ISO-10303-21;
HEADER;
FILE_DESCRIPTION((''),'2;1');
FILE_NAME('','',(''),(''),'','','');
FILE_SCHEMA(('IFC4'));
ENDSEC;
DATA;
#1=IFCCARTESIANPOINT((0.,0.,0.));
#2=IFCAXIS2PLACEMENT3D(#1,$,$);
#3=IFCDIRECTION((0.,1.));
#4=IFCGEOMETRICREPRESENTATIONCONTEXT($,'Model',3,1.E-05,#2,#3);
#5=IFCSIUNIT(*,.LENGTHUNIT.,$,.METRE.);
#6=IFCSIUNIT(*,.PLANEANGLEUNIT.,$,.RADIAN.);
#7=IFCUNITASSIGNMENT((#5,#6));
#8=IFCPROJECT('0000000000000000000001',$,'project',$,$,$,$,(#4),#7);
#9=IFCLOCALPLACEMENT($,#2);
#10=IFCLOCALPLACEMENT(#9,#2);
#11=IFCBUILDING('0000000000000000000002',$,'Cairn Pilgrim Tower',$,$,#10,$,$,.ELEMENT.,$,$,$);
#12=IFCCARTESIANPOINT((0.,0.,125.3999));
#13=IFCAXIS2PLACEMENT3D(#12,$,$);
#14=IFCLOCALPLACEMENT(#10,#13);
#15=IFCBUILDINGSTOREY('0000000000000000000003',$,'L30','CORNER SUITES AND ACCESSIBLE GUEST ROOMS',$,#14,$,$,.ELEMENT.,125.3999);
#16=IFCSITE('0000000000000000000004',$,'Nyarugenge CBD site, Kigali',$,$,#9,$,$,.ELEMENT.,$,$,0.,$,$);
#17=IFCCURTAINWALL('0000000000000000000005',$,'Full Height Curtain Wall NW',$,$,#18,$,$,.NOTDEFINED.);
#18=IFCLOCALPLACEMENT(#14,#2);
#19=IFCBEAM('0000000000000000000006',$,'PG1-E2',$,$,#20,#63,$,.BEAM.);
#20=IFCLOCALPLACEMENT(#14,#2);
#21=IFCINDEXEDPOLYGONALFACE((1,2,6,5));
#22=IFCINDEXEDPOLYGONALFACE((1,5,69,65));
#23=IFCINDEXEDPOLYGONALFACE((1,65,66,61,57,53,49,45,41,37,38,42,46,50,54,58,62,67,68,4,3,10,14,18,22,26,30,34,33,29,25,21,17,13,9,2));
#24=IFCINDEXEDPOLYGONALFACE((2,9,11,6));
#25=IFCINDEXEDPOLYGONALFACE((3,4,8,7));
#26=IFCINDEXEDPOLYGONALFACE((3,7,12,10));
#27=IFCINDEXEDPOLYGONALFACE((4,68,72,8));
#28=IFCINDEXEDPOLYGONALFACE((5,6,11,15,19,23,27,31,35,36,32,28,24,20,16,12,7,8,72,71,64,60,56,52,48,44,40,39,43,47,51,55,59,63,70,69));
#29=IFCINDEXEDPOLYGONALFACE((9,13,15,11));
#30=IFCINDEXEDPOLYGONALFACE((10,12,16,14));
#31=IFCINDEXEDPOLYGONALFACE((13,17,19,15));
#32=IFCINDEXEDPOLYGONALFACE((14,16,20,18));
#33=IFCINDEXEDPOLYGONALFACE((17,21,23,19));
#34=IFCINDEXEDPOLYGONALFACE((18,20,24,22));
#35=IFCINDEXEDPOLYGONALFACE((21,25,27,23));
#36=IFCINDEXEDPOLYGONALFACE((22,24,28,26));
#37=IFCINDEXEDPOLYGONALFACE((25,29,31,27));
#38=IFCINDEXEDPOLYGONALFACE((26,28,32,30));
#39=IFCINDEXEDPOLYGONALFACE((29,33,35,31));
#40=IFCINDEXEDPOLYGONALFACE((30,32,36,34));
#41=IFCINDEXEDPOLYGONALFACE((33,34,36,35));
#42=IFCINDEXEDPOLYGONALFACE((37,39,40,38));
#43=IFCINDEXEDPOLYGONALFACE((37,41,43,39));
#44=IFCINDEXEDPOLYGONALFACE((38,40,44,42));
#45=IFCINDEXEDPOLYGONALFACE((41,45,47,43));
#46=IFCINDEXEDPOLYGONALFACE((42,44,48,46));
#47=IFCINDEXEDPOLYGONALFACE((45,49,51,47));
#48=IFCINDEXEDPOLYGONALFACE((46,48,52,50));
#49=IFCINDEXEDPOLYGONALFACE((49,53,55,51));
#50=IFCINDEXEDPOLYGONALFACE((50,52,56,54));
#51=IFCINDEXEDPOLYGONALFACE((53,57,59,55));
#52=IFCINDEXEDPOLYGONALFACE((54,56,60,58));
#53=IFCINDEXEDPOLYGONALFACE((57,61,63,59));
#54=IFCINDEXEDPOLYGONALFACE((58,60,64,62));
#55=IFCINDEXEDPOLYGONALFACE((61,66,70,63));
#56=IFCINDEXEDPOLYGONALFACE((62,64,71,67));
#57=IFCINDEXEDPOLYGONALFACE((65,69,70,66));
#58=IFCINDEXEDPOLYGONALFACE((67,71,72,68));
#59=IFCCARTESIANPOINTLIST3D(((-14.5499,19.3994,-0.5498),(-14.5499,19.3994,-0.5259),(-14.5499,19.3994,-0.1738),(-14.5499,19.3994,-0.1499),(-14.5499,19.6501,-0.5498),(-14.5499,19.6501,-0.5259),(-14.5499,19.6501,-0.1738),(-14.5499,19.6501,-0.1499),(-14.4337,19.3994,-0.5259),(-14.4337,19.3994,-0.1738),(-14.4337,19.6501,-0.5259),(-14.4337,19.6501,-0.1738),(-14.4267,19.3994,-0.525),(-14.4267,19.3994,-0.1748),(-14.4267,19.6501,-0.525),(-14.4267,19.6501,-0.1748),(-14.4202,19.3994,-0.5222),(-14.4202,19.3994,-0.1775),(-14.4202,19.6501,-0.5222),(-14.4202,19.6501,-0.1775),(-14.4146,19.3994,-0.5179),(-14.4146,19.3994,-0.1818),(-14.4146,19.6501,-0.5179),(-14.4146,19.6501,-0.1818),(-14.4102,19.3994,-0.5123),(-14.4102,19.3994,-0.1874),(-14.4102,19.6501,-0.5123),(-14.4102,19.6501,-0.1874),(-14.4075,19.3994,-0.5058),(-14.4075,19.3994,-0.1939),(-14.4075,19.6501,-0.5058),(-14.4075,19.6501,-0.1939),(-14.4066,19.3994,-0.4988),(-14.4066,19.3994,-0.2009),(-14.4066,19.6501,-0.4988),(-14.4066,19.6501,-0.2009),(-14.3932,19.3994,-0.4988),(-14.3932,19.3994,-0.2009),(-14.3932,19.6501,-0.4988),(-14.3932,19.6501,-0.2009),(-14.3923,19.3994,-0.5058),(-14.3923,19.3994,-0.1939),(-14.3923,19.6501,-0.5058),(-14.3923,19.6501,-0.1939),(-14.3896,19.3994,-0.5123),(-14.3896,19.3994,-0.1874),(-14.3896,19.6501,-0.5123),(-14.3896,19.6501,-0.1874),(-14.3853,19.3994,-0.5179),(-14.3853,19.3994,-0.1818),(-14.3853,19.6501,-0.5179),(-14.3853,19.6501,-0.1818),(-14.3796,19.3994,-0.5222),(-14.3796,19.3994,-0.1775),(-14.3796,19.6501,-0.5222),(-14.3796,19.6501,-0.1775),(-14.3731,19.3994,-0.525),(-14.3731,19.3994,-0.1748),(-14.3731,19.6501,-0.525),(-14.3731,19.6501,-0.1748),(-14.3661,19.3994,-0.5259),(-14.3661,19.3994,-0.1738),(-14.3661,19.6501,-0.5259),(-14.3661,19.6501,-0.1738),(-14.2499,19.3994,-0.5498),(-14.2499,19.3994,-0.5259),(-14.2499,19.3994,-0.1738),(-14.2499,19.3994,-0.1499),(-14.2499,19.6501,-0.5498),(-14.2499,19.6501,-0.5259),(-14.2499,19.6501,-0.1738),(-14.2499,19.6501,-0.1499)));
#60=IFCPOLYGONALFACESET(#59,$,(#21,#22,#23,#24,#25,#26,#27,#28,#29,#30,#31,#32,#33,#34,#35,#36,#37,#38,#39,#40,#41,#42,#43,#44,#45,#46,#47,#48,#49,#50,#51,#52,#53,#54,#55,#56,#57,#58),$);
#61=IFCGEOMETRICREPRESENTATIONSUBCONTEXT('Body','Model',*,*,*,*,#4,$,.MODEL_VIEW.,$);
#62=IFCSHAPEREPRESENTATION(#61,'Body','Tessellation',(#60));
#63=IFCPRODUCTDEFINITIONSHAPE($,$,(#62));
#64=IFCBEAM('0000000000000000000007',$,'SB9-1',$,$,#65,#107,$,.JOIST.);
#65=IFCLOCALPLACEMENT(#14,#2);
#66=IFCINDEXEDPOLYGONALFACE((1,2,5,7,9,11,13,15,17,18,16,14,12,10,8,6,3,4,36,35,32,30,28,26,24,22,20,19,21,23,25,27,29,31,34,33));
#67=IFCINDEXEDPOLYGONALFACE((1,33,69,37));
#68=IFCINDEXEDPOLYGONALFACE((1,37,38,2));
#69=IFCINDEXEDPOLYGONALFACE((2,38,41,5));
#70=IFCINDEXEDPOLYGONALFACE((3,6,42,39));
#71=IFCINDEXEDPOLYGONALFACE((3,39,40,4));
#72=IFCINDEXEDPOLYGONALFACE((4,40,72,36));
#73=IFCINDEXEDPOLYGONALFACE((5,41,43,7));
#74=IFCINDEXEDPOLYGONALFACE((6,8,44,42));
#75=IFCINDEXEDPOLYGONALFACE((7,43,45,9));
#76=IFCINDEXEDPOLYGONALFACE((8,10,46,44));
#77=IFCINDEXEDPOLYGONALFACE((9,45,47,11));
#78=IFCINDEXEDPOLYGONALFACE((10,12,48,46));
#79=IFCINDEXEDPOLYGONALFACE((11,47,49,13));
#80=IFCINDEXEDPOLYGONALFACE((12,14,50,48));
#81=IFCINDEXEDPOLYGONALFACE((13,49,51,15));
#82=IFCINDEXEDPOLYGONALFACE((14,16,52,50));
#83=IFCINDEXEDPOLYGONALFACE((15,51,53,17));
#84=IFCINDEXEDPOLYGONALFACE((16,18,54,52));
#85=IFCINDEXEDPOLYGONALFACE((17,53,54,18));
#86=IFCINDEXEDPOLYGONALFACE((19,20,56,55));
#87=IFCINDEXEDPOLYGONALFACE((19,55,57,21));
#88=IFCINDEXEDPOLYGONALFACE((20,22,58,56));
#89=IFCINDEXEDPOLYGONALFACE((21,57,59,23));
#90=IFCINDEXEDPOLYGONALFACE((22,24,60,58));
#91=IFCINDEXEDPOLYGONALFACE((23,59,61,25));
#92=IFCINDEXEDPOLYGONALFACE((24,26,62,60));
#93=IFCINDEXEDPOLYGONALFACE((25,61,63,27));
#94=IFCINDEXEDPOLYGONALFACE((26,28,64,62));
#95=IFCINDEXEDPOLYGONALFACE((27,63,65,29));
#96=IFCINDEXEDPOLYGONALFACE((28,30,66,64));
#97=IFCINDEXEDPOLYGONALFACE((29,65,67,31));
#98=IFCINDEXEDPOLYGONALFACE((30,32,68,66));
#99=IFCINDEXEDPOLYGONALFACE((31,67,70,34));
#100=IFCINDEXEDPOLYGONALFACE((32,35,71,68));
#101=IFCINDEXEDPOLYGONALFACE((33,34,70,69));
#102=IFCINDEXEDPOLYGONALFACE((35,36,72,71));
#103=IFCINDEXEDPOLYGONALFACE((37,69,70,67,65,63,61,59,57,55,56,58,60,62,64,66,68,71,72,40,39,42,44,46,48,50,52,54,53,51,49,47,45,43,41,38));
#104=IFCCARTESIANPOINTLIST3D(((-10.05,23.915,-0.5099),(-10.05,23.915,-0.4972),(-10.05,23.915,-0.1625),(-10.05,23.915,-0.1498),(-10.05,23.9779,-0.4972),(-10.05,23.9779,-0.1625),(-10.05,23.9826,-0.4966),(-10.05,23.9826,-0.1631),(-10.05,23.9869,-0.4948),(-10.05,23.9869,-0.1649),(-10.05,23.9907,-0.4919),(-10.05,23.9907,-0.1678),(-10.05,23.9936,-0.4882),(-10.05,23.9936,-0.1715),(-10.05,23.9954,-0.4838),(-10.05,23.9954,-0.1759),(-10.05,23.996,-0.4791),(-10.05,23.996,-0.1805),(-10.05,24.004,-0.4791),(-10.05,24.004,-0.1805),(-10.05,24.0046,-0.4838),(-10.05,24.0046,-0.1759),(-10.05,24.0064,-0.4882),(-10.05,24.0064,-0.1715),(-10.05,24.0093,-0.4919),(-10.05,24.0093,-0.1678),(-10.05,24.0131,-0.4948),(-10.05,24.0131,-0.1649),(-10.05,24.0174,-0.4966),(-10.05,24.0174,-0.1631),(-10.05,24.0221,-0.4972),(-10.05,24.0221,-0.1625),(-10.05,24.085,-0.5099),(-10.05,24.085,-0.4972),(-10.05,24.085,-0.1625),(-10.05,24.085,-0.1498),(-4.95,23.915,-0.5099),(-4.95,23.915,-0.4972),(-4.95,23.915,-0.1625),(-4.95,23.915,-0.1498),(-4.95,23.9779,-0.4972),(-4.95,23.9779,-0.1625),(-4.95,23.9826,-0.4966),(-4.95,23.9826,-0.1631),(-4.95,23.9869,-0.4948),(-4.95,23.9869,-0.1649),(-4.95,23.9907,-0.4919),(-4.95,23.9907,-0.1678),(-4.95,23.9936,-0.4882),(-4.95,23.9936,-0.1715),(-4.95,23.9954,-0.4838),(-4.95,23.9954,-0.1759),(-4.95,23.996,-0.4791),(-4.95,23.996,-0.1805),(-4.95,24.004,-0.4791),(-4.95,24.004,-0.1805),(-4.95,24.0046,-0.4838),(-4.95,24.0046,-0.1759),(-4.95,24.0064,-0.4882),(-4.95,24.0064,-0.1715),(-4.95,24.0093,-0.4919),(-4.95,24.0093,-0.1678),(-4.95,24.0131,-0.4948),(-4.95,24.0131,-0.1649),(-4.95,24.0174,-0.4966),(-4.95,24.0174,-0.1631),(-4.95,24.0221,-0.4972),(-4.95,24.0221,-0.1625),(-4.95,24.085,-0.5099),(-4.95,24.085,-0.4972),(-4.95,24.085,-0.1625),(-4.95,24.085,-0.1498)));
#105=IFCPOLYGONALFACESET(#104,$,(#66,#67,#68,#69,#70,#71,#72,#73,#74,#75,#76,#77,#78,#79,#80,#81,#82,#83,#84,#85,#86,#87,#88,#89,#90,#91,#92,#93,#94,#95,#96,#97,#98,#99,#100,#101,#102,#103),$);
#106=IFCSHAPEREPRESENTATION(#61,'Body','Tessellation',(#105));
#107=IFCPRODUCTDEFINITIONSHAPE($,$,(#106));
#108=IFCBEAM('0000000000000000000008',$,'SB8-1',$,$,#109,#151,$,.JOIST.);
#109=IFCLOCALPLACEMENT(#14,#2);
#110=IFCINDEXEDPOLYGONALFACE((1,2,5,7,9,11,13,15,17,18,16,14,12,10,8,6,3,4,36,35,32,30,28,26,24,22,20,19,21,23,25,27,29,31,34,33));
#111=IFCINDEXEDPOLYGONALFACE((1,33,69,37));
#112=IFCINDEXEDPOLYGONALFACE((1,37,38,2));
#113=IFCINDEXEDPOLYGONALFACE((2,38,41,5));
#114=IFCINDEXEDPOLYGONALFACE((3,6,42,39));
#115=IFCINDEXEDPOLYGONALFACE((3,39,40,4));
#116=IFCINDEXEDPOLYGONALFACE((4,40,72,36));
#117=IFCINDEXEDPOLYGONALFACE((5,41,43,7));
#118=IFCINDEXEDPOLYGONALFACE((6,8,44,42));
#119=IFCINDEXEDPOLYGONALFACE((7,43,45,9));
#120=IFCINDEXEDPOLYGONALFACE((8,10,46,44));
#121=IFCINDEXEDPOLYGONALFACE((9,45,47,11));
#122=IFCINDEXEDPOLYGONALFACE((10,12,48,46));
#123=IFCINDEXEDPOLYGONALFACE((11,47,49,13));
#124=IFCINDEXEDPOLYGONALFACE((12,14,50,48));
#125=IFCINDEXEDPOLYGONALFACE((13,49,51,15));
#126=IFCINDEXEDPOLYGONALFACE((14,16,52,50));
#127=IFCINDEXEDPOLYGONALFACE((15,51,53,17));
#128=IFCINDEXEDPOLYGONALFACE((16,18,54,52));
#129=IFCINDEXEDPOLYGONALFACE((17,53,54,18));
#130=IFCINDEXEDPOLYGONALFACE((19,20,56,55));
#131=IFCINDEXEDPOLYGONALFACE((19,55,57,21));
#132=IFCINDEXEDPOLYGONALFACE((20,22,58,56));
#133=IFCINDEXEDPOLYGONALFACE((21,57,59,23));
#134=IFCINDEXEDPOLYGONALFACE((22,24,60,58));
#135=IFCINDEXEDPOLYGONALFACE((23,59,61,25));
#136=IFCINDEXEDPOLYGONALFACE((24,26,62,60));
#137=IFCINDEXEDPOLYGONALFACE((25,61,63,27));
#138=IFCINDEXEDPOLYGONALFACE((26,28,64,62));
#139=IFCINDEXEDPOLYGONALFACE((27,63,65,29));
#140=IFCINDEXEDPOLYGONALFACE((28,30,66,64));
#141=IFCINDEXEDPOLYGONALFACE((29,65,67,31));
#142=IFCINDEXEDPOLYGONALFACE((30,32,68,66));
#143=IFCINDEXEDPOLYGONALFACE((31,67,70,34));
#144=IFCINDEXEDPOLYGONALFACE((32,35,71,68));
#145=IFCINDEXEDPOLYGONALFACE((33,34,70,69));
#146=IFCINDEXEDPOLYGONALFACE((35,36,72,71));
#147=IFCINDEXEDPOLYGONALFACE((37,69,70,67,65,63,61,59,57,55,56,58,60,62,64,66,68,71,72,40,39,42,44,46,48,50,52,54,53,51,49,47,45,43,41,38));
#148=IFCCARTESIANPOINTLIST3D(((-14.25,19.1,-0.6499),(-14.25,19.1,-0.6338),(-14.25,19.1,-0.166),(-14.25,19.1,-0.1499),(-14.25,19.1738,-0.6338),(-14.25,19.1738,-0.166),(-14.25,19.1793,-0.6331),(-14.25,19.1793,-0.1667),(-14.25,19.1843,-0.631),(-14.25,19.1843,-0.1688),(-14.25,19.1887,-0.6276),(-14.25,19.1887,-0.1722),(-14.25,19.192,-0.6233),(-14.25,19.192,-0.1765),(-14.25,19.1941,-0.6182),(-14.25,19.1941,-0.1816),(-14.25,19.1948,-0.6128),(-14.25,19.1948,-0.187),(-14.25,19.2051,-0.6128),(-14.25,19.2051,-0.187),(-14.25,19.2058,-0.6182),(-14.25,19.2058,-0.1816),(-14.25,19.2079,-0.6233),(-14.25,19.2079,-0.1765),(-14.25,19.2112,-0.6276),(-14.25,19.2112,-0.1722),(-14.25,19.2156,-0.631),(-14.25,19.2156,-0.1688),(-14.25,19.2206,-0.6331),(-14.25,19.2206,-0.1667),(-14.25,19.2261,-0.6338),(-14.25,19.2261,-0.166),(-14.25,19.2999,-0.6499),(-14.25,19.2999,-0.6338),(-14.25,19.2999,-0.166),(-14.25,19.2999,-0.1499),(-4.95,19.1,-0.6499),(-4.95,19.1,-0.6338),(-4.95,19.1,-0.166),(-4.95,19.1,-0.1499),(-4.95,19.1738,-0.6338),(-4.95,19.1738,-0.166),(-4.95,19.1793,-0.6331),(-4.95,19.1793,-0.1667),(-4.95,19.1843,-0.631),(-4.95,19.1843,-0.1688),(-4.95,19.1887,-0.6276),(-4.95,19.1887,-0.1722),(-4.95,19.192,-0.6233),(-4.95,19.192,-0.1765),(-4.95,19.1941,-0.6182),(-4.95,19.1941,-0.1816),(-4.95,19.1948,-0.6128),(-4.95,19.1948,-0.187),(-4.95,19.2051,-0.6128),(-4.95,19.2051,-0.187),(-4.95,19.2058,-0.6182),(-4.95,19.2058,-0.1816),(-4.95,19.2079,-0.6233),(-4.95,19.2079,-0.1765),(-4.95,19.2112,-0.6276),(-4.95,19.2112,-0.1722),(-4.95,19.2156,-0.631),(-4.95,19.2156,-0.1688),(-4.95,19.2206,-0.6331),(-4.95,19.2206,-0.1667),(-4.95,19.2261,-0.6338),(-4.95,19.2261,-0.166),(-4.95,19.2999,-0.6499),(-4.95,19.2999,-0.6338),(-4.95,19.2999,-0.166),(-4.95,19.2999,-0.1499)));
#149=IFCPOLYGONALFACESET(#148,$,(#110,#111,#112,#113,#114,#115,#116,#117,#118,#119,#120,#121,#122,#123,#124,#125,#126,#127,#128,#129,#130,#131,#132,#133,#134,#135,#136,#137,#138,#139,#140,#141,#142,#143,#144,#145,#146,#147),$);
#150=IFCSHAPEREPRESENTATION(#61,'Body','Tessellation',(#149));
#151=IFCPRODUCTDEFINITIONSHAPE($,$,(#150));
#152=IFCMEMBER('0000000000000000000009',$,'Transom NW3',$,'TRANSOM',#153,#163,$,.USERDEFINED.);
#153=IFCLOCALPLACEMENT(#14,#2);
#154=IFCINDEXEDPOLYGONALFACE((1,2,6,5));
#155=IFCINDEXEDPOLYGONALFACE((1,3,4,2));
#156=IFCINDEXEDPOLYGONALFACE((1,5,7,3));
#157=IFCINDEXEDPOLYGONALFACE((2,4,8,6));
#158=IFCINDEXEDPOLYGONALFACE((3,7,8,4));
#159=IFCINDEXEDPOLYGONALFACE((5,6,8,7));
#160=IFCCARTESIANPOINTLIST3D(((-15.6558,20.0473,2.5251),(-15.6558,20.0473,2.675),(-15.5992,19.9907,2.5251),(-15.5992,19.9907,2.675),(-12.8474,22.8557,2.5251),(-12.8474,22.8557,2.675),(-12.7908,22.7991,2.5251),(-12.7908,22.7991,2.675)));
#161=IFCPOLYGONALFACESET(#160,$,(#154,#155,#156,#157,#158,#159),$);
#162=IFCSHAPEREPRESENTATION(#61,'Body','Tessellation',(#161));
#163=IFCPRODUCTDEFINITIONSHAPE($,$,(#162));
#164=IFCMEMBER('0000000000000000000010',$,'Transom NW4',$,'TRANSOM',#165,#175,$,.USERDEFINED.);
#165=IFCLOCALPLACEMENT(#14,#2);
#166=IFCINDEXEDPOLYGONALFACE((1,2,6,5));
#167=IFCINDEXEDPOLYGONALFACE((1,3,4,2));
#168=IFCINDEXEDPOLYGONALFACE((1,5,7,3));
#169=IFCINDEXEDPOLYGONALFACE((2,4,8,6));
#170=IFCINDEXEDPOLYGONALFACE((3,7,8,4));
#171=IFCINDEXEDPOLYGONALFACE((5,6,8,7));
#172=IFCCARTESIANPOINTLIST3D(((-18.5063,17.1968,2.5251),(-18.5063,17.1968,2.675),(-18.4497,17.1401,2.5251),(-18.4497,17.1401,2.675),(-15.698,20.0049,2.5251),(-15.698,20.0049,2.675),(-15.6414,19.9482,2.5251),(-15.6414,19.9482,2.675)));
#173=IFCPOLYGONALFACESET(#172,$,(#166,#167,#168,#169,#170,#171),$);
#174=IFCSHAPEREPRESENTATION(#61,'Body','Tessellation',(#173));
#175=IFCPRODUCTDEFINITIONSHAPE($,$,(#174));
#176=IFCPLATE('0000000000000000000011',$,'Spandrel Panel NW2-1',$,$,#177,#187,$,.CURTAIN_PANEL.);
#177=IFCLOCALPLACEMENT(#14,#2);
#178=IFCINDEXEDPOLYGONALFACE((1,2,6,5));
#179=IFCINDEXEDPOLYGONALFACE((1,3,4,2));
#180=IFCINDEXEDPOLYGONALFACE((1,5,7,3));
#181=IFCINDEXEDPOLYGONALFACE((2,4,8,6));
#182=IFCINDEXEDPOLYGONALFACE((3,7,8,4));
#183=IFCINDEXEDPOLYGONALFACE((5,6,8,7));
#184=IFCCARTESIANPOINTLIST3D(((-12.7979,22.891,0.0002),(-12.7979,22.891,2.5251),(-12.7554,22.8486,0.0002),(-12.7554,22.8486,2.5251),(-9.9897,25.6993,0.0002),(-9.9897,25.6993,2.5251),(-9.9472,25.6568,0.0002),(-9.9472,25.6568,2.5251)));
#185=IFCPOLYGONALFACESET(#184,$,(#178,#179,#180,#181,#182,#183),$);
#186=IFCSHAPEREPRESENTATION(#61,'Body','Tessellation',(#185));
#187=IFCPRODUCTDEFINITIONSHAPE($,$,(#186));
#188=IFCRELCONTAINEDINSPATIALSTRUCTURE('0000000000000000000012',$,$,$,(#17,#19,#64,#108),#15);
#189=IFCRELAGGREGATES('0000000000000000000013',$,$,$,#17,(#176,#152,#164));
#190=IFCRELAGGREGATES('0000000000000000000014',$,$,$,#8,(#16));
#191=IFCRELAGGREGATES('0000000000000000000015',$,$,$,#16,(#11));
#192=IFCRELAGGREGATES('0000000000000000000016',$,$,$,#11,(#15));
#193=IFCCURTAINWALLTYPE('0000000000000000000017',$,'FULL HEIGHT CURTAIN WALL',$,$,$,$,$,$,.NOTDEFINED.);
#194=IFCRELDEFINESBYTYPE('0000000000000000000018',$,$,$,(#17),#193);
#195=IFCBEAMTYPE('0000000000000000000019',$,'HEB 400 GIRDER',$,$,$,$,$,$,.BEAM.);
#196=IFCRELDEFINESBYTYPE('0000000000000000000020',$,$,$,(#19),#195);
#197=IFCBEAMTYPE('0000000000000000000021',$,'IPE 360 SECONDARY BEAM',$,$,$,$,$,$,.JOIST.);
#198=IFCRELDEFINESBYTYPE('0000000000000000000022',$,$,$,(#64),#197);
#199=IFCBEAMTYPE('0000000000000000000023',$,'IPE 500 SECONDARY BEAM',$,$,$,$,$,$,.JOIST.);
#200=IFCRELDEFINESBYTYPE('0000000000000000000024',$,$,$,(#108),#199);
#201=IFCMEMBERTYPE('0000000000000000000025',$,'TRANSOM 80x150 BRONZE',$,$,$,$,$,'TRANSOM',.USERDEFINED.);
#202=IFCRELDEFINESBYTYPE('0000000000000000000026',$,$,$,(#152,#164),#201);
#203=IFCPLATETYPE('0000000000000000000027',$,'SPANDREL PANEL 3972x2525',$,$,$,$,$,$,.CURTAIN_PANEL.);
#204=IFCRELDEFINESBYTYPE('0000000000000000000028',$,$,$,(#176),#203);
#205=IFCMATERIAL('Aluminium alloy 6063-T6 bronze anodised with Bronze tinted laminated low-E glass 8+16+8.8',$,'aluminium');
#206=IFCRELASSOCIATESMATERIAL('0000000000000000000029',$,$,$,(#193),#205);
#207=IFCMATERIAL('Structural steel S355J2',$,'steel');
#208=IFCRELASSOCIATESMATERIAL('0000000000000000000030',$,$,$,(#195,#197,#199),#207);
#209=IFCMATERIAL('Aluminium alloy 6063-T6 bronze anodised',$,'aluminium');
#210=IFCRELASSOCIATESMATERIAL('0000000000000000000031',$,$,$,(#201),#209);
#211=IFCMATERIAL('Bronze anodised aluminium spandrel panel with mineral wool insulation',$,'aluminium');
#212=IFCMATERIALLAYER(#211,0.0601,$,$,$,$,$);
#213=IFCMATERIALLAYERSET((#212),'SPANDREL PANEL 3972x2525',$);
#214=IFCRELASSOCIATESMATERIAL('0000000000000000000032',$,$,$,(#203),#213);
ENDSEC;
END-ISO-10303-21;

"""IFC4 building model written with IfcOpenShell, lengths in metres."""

from ifc_helpers import new_model, si_unit, direction, frame, origin, origin_2d, place, context, subcontext, project, spatial, rectangle, i_section, extrude, material, layer, layer_set, material_profile, profile_set, type_object, element, aggregate, save


model = new_model("IFC4")

# Units and contexts
model_context = context("Model", 3, precision=1e-05, world=origin(), true_north=direction((0.0, 1.0)))
body_context = subcontext(model_context, "Body", "Model", "MODEL_VIEW")
ifc_project = project(units=[si_unit("LENGTHUNIT", "METRE"), si_unit("PLANEANGLEUNIT", "RADIAN")], contexts=[model_context])

# Site, building, storey
site_placement = place(None, origin())
site = spatial("IfcSite", under=ifc_project, at=site_placement, Name="Nyarugenge CBD site, Kigali", CompositionType="ELEMENT", RefElevation=0.0)
building_placement = place(site_placement, origin())
building = spatial("IfcBuilding", under=site, at=building_placement, Name="Cairn Pilgrim Tower", CompositionType="ELEMENT")
storey_placement = place(building_placement, frame((0.0, 0.0, 125.3999)))
storey = spatial("IfcBuildingStorey", under=building, at=storey_placement, Name="L30", Description="CORNER SUITES AND ACCESSIBLE GUEST ROOMS", CompositionType="ELEMENT", Elevation=125.3999)

# Shared definitions
ifc_material_1 = material(Name="Structural steel S355J2", Category="steel")

# Curtain wall
ifc_material_2 = material(Name="Aluminium alloy 6063-T6 bronze anodised with Bronze tinted laminated low-E glass 8+16+8.8", Category="aluminium")
curtain_wall_type = type_object("IfcCurtainWallType", Name="FULL HEIGHT CURTAIN WALL", PredefinedType="NOTDEFINED", material=ifc_material_2)
curtain_wall_placement = place(storey_placement, origin())
curtain_wall = element("IfcCurtainWall", 1, at=curtain_wall_placement, inside=storey, type_object=curtain_wall_type, Name="Full Height Curtain Wall NW", PredefinedType="NOTDEFINED")
ifc_material_3 = material(Name="Aluminium alloy 6063-T6 bronze anodised", Category="aluminium")

# Beams
ifc_material_profile_1 = material_profile(ifc_material_1, i_section(OverallWidth=0.3, OverallDepth=0.3999, WebThickness=0.0134, FlangeThickness=0.0239, FilletRadius=0.0271, at=origin_2d()), Name="HEB 400")
ifc_profile_set_1 = profile_set([ifc_material_profile_1], Name="Structural steel S355J2")
beam_type_1 = type_object("IfcBeamType", Name="HEB 400 GIRDER", PredefinedType="BEAM", material=ifc_profile_set_1)
beam_1_placement = place(storey_placement, frame((-14.3999, 19.3994, -0.3499), z_axis=(0.0, 1.0, 0.0), x_axis=(-1.0, 0.0, 0.0)))
element("IfcBeam", 2, at=beam_1_placement, inside=storey, type_object=beam_type_1, Name="PG1-E2", PredefinedType="BEAM", context=body_context, shape_type="SweptSolid", body=[
    extrude(i_section(OverallWidth=0.3, OverallDepth=0.3999, WebThickness=0.0134, FlangeThickness=0.0239, FilletRadius=0.0271, at=origin_2d()), origin(), (0.0, 0.0, 1.0), 0.2507),
])
ifc_material_profile_2 = material_profile(ifc_material_1, i_section(OverallWidth=0.1699, OverallDepth=0.3601, WebThickness=0.0081, FlangeThickness=0.0127, FilletRadius=0.0181, at=origin_2d()), Name="IPE 360")
ifc_profile_set_2 = profile_set([ifc_material_profile_2], Name="Structural steel S355J2")
beam_type_2 = type_object("IfcBeamType", Name="IPE 360 SECONDARY BEAM", PredefinedType="JOIST", material=ifc_profile_set_2)
beam_2_placement = place(storey_placement, frame((-10.05, 24.0, -0.3298), z_axis=(1.0, 0.0, 0.0), x_axis=(0.0, 1.0, 0.0)))
element("IfcBeam", 3, at=beam_2_placement, inside=storey, type_object=beam_type_2, Name="SB9-1", PredefinedType="JOIST", context=body_context, shape_type="SweptSolid", body=[
    extrude(i_section(OverallWidth=0.1699, OverallDepth=0.3601, WebThickness=0.0081, FlangeThickness=0.0127, FilletRadius=0.0181, at=origin_2d()), origin(), (0.0, 0.0, 1.0), 5.1001),
])
ifc_material_profile_3 = material_profile(ifc_material_1, i_section(OverallWidth=0.2, OverallDepth=0.5, WebThickness=0.0103, FlangeThickness=0.0161, FilletRadius=0.021, at=origin_2d()), Name="IPE 500")
ifc_profile_set_3 = profile_set([ifc_material_profile_3], Name="Structural steel S355J2")
beam_type_3 = type_object("IfcBeamType", Name="IPE 500 SECONDARY BEAM", PredefinedType="JOIST", material=ifc_profile_set_3)
beam_3_placement = place(storey_placement, frame((-14.25, 19.2, -0.3999), z_axis=(1.0, 0.0, 0.0), x_axis=(0.0, 1.0, 0.0)))
element("IfcBeam", 4, at=beam_3_placement, inside=storey, type_object=beam_type_3, Name="SB8-1", PredefinedType="JOIST", context=body_context, shape_type="SweptSolid", body=[
    extrude(i_section(OverallWidth=0.2, OverallDepth=0.5, WebThickness=0.0103, FlangeThickness=0.0161, FilletRadius=0.021, at=origin_2d()), origin(), (0.0, 0.0, 1.0), 9.3),
])

# Members
ifc_material_profile_4 = material_profile(ifc_material_3, rectangle(XDim=0.0801, YDim=0.1499, at=origin_2d()), Name="TRANSOM 80x150 BRONZE")
ifc_profile_set_4 = profile_set([ifc_material_profile_4], Name="Aluminium alloy 6063-T6 bronze anodised")
member_type_1 = type_object("IfcMemberType", Name="TRANSOM 80x150 BRONZE", ElementType="TRANSOM", PredefinedType="USERDEFINED", material=ifc_profile_set_4)
member_1_placement = place(storey_placement, frame((-12.8191, 22.8274, 2.6001), z_axis=(-0.707107, -0.707107, 0.0), x_axis=(0.707107, -0.707107, 0.0)))
member_1 = element("IfcMember", 5, at=member_1_placement, type_object=member_type_1, Name="Transom NW3", ObjectType="TRANSOM", PredefinedType="USERDEFINED", context=body_context, shape_type="SweptSolid", body=[
    extrude(rectangle(XDim=0.0801, YDim=0.1499, at=origin_2d()), origin(), (0.0, 0.0, 1.0), 3.9717),
])
member_2_placement = place(storey_placement, frame((-15.6697, 19.9766, 2.6001), z_axis=(-0.707138, -0.707076, 0.0), x_axis=(0.707076, -0.707138, 0.0)))
member_2 = element("IfcMember", 6, at=member_2_placement, type_object=member_type_1, Name="Transom NW4", ObjectType="TRANSOM", PredefinedType="USERDEFINED", context=body_context, shape_type="SweptSolid", body=[
    extrude(rectangle(XDim=0.0801, YDim=0.1499, at=origin_2d()), origin(), (0.0, 0.0, 1.0), 3.9714),
])

# Plate
ifc_material_4 = material(Name="Bronze anodised aluminium spandrel panel with mineral wool insulation", Category="aluminium")
ifc_layer_1 = layer(ifc_material_4, 0.0601)
ifc_layer_set_1 = layer_set([ifc_layer_1], Name="SPANDREL PANEL 3972x2525")
plate_type_1 = type_object("IfcPlateType", Name="SPANDREL PANEL 3972x2525", PredefinedType="CURTAIN_PANEL", material=ifc_layer_set_1)
plate_1_placement = place(storey_placement, frame((-11.3726, 24.2739, 0.0002), z_axis=(0.0, 0.0, 1.0), x_axis=(-0.707107, -0.707107, 0.0)))
plate_1 = element("IfcPlate", 7, at=plate_1_placement, type_object=plate_type_1, Name="Spandrel Panel NW2-1", PredefinedType="CURTAIN_PANEL", context=body_context, shape_type="SweptSolid", body=[
    extrude(rectangle(XDim=3.9714, YDim=0.0601, at=origin_2d()), origin(), (0.0, 0.0, 1.0), 2.5249),
])
aggregate(curtain_wall, [plate_1, member_1, member_2])

save(model, "model.ifc")
